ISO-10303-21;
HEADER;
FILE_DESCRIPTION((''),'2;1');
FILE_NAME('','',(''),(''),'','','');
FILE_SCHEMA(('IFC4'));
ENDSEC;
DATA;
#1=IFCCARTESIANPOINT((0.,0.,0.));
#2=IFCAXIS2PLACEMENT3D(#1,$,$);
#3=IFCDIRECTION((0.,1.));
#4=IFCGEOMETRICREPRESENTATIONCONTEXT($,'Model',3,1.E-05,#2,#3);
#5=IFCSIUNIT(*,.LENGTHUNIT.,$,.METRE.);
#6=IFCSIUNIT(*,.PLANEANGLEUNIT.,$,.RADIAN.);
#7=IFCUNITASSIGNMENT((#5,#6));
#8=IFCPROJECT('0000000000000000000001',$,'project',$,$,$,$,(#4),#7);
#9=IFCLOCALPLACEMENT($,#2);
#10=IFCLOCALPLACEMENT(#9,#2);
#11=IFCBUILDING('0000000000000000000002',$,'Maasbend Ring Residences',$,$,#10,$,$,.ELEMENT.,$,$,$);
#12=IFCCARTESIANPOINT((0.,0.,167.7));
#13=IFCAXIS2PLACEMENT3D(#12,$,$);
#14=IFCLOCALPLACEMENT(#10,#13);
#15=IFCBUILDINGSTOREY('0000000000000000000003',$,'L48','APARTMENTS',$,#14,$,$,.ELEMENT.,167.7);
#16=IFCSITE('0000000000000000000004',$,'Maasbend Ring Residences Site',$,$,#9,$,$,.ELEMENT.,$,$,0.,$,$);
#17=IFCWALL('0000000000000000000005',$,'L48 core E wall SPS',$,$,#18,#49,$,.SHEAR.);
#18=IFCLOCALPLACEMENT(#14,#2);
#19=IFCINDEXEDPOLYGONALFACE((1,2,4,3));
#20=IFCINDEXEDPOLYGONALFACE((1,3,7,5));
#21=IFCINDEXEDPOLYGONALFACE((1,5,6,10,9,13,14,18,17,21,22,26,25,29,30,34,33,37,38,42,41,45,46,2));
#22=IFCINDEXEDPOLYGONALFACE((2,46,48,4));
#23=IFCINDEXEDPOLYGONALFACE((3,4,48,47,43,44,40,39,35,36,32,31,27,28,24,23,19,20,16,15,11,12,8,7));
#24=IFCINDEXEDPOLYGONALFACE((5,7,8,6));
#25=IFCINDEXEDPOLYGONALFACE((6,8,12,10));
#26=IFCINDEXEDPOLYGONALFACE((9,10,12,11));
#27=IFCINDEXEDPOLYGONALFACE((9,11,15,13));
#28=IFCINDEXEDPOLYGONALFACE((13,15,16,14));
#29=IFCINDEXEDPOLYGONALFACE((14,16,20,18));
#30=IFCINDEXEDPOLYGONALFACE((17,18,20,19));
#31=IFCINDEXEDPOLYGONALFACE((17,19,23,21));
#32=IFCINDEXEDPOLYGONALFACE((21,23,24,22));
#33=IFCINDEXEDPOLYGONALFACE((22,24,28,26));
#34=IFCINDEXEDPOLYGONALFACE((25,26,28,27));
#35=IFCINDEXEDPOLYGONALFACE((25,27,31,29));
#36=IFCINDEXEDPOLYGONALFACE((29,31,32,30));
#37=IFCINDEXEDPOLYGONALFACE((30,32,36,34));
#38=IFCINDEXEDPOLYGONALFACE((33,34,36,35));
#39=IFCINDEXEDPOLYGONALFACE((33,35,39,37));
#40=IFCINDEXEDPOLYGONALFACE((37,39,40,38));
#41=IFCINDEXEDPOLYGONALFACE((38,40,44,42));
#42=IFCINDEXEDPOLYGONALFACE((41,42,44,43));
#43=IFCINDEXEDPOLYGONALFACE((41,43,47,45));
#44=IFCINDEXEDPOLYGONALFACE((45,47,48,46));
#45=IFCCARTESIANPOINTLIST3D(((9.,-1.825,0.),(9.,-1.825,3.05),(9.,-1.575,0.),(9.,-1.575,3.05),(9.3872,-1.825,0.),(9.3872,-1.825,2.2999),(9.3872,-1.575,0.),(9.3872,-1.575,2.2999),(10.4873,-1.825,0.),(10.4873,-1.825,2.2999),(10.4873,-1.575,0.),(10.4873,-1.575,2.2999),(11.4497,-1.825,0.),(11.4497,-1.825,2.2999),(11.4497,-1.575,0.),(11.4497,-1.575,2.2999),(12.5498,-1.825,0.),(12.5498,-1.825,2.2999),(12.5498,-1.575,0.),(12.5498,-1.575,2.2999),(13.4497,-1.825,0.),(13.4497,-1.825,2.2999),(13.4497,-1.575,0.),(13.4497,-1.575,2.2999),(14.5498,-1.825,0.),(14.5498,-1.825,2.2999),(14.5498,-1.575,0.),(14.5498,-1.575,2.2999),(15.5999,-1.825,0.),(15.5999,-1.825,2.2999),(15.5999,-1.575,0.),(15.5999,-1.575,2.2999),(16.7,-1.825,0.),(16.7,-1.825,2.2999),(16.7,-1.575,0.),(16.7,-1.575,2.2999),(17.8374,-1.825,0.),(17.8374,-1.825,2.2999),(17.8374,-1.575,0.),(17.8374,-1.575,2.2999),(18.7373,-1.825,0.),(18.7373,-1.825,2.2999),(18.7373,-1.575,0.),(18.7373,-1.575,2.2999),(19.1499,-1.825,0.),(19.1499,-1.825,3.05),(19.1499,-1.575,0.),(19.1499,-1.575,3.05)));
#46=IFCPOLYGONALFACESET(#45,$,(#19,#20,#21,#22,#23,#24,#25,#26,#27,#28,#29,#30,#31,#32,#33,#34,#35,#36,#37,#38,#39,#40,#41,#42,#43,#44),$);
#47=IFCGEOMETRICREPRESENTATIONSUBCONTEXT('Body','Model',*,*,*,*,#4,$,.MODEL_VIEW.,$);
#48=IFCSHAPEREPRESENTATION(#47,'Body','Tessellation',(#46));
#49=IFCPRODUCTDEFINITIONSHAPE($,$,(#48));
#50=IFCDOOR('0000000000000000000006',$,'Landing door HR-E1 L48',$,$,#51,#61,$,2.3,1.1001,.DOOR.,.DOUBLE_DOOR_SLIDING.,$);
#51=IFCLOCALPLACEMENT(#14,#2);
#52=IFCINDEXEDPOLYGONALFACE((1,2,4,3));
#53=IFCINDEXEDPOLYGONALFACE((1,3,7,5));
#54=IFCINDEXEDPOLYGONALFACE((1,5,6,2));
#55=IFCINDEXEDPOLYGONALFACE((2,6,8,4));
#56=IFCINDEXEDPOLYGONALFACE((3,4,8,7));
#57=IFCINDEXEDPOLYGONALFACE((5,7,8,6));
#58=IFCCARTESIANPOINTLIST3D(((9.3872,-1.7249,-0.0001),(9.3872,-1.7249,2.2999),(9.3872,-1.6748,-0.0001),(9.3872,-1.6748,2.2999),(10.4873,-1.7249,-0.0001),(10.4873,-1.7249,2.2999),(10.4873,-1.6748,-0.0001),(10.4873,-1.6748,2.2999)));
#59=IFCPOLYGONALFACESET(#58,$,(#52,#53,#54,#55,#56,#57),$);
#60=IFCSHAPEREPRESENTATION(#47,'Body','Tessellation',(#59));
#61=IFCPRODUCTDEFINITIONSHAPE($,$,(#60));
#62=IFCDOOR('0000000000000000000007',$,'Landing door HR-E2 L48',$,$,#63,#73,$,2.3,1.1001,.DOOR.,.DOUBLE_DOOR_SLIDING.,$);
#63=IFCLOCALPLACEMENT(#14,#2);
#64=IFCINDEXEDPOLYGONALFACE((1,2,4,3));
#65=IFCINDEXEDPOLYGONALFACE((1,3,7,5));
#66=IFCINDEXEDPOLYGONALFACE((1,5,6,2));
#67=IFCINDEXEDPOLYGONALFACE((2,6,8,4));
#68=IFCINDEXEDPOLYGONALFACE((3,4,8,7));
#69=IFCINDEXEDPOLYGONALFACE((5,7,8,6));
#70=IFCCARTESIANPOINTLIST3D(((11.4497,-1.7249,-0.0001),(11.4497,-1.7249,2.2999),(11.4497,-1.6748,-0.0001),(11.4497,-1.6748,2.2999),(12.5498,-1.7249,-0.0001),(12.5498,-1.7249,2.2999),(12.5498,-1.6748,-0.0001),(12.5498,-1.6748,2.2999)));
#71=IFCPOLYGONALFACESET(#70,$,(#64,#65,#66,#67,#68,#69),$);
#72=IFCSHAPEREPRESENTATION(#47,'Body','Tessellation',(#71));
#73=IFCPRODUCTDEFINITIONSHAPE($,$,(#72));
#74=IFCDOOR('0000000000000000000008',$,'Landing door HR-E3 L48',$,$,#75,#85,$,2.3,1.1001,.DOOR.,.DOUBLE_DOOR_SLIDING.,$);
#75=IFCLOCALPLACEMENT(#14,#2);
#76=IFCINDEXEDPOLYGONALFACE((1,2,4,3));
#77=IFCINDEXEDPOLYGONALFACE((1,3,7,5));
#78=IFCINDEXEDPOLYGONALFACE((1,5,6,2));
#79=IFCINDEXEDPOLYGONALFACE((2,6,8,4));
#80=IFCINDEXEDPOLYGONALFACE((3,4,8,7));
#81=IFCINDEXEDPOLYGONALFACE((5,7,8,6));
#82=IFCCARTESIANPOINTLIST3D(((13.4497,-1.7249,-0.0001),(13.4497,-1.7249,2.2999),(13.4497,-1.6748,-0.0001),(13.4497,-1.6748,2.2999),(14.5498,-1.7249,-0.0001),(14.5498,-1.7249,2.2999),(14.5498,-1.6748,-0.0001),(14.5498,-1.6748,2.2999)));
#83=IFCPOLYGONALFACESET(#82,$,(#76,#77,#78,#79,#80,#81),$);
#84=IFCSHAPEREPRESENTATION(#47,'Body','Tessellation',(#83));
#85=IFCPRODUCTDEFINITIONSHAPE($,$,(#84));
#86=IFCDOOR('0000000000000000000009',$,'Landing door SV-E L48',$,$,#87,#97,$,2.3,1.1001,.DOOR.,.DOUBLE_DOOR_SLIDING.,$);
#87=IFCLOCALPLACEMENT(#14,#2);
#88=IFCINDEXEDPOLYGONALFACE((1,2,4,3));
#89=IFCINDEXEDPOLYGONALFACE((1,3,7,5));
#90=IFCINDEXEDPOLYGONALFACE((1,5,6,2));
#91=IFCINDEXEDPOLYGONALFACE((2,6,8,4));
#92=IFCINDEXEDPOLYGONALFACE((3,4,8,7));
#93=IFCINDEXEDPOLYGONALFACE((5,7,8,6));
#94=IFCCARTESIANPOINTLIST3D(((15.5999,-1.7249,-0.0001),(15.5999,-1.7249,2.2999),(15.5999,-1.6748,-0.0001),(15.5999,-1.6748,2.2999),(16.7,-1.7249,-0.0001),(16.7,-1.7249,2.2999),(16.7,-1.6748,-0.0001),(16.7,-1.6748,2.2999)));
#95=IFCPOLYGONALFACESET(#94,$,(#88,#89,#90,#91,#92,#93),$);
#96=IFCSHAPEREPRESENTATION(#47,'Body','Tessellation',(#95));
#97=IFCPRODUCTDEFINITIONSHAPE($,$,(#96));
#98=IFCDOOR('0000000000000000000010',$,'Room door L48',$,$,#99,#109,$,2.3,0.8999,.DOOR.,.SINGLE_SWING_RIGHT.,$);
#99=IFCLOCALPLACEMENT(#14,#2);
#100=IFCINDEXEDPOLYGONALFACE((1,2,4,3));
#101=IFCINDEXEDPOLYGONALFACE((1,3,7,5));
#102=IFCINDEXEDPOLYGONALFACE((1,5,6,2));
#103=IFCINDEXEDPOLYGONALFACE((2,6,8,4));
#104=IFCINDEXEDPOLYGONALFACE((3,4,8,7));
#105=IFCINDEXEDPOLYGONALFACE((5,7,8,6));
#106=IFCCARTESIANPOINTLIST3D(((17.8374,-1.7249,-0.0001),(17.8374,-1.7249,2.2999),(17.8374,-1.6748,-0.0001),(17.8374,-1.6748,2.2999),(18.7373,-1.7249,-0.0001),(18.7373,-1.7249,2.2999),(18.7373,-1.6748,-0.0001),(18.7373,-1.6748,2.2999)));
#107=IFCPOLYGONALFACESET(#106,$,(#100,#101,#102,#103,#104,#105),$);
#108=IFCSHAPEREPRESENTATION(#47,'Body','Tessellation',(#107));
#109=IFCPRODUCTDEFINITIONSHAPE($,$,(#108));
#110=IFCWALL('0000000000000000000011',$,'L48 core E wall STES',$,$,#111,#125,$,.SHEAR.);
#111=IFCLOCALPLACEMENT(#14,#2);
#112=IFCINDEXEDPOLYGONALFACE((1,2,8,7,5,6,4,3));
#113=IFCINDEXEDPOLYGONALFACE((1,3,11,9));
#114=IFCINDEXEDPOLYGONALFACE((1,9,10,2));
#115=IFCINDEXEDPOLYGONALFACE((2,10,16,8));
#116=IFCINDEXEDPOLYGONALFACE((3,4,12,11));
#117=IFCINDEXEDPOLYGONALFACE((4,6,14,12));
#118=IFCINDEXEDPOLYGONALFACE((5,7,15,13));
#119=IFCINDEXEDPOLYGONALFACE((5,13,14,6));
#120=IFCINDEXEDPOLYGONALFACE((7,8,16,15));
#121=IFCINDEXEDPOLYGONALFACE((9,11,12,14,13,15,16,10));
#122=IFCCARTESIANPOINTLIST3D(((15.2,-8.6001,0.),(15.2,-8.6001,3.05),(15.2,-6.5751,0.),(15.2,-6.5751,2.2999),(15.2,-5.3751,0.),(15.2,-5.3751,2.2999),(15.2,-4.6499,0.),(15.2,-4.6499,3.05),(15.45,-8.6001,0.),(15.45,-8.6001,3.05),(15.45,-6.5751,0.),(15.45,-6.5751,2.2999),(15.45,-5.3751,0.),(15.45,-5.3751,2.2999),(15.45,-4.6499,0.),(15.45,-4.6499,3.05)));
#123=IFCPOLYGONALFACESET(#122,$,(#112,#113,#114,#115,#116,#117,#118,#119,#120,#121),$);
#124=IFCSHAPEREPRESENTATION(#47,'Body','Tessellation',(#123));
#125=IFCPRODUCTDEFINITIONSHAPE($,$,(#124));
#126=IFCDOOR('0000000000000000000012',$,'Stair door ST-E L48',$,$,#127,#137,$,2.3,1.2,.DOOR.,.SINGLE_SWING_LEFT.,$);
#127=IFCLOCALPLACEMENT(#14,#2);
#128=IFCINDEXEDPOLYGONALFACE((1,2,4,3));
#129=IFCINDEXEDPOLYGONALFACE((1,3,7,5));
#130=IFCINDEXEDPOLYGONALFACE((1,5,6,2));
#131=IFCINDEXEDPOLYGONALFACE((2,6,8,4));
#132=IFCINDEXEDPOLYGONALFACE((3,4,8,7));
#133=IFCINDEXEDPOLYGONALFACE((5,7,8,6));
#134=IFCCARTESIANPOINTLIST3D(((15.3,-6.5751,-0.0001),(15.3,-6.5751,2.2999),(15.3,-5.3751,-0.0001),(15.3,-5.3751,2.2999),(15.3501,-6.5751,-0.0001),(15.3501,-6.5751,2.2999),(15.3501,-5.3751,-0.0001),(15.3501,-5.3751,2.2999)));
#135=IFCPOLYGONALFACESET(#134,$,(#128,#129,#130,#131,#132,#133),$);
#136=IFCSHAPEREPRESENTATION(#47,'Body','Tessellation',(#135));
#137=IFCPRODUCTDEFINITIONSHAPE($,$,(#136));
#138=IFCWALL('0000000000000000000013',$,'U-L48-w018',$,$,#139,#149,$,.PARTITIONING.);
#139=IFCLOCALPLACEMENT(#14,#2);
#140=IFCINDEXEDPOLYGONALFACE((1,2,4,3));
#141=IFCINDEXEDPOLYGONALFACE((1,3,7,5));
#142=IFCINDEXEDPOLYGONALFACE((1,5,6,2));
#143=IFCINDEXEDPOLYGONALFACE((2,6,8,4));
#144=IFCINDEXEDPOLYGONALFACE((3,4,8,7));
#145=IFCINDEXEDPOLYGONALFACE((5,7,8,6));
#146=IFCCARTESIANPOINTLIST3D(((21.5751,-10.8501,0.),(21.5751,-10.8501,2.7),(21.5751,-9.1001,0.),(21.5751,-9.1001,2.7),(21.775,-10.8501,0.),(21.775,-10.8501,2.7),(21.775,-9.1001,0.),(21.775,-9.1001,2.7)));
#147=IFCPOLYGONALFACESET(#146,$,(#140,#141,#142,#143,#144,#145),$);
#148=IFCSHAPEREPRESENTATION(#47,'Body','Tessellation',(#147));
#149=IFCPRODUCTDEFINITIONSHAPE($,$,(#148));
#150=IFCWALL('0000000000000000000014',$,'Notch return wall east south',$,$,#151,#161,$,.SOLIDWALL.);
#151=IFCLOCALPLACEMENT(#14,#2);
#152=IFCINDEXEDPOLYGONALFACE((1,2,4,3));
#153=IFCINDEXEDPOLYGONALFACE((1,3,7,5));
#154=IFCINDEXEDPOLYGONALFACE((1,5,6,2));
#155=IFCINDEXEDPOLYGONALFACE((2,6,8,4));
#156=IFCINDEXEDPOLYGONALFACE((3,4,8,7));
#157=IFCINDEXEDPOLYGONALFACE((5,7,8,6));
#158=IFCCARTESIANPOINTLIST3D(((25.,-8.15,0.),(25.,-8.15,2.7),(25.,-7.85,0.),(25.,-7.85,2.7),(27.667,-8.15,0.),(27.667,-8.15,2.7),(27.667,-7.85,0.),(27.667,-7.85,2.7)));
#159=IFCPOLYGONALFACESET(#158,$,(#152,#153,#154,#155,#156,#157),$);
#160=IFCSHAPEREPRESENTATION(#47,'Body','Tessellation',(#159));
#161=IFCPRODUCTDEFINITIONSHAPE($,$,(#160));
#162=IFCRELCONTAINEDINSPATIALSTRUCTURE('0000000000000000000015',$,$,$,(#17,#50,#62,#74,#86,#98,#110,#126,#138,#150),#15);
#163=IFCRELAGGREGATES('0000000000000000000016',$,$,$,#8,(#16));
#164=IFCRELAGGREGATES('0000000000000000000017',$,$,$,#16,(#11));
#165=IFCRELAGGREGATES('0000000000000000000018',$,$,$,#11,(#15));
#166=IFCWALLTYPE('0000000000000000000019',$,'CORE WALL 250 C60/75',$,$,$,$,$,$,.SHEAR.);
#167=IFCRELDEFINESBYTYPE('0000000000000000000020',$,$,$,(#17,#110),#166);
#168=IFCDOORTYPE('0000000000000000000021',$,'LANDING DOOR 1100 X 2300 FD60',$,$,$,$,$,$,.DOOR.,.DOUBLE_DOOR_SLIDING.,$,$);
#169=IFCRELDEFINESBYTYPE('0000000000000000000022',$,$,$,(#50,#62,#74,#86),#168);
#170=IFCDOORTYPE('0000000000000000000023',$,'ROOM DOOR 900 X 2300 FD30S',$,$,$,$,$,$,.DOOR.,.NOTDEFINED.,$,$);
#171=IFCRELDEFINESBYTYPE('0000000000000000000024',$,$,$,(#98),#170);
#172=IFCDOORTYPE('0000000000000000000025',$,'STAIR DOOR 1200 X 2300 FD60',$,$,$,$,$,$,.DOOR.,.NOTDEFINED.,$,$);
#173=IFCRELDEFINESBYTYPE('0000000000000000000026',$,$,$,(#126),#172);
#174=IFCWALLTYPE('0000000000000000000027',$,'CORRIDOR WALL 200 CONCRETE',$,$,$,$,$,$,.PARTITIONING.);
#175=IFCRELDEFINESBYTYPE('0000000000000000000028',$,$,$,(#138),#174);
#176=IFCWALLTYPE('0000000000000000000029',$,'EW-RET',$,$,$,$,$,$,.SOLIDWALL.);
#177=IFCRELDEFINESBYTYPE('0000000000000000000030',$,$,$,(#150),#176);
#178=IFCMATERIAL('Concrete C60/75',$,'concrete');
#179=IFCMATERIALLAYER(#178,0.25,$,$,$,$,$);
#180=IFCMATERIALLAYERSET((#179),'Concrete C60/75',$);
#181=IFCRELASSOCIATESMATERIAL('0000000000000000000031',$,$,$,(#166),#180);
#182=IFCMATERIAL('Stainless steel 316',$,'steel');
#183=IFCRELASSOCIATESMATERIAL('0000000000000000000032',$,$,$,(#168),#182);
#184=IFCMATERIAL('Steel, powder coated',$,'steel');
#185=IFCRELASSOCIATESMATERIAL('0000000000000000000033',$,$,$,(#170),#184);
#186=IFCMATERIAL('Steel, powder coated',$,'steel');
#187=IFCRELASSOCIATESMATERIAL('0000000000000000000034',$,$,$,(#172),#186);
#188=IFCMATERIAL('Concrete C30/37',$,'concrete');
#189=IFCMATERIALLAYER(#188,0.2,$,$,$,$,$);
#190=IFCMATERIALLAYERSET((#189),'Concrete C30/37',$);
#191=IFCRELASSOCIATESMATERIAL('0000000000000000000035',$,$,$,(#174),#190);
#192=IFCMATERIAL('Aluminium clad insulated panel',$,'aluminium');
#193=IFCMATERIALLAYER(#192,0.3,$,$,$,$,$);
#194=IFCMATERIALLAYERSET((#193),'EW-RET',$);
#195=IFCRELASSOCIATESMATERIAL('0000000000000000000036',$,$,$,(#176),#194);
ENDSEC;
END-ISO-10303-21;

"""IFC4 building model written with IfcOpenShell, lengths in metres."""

from ifc_helpers import new_model, si_unit, direction, frame, frame_2d, origin, place, context, subcontext, project, spatial, rectangle, extrude, material, layer, layer_set, type_object, element, fill, save


model = new_model("IFC4")

# Units and contexts
model_context = context("Model", 3, precision=1e-05, world=origin(), true_north=direction((0.0, 1.0)))
body_context = subcontext(model_context, "Body", "Model", "MODEL_VIEW")
ifc_project = project(units=[si_unit("LENGTHUNIT", "METRE"), si_unit("PLANEANGLEUNIT", "RADIAN")], contexts=[model_context])

# Site, building, storey
site_placement = place(None, origin())
site = spatial("IfcSite", under=ifc_project, at=site_placement, Name="Maasbend Ring Residences Site", CompositionType="ELEMENT", RefElevation=0.0)
building_placement = place(site_placement, origin())
building = spatial("IfcBuilding", under=site, at=building_placement, Name="Maasbend Ring Residences", CompositionType="ELEMENT")
storey_placement = place(building_placement, frame((0.0, 0.0, 167.7)))
storey = spatial("IfcBuildingStorey", under=building, at=storey_placement, Name="L48", Description="APARTMENTS", CompositionType="ELEMENT", Elevation=167.7)

# Wall, openings, doors
ifc_material_1 = material(Name="Concrete C60/75", Category="concrete")
ifc_layer_1 = layer(ifc_material_1, 0.25)
ifc_layer_set_1 = layer_set([ifc_layer_1], Name="Concrete C60/75")
wall_type_1 = type_object("IfcWallType", Name="CORE WALL 250 C60/75", PredefinedType="SHEAR", material=ifc_layer_set_1)
wall_1_placement = place(storey_placement, frame((19.1499, -1.7, 0.0), z_axis=(0.0, 0.0, 1.0), x_axis=(-1.0, 0.0, 0.0)))
wall_1 = element("IfcWall", 1, at=wall_1_placement, inside=storey, type_object=wall_type_1, Name="L48 core E wall SPS", PredefinedType="SHEAR", context=body_context, shape_type="SweptSolid", body=[
    extrude(rectangle(XDim=10.1499, YDim=0.25, at=frame_2d((5.075, 0.0))), origin(), (0.0, 0.0, 1.0), 3.05),
])
opening_1_placement = place(wall_1_placement, frame((8.6626, 0.0, 0.0)))
opening_1 = element("IfcOpeningElement", 2, at=opening_1_placement, cuts=wall_1, PredefinedType="OPENING", context=body_context, shape_type="SweptSolid", body=[
    extrude(rectangle(XDim=1.1001, YDim=2.3, at=frame_2d((0.55, 1.1499))), frame((0.0, 0.135, 0.0), z_axis=(0.0, -1.0, 0.0), x_axis=(1.0, 0.0, 0.0)), (0.0, 0.0, 1.0), 0.27),
])
opening_2_placement = place(wall_1_placement, frame((6.6001, 0.0, 0.0)))
opening_2 = element("IfcOpeningElement", 3, at=opening_2_placement, cuts=wall_1, PredefinedType="OPENING", context=body_context, shape_type="SweptSolid", body=[
    extrude(rectangle(XDim=1.1001, YDim=2.3, at=frame_2d((0.55, 1.1499))), frame((0.0, 0.135, 0.0), z_axis=(0.0, -1.0, 0.0), x_axis=(1.0, 0.0, 0.0)), (0.0, 0.0, 1.0), 0.27),
])
opening_3_placement = place(wall_1_placement, frame((4.6001, 0.0, 0.0)))
opening_3 = element("IfcOpeningElement", 4, at=opening_3_placement, cuts=wall_1, PredefinedType="OPENING", context=body_context, shape_type="SweptSolid", body=[
    extrude(rectangle(XDim=1.1001, YDim=2.3, at=frame_2d((0.55, 1.1499))), frame((0.0, 0.135, 0.0), z_axis=(0.0, -1.0, 0.0), x_axis=(1.0, 0.0, 0.0)), (0.0, 0.0, 1.0), 0.27),
])
opening_4_placement = place(wall_1_placement, frame((2.45, 0.0, 0.0)))
opening_4 = element("IfcOpeningElement", 5, at=opening_4_placement, cuts=wall_1, PredefinedType="OPENING", context=body_context, shape_type="SweptSolid", body=[
    extrude(rectangle(XDim=1.1001, YDim=2.3, at=frame_2d((0.55, 1.1499))), frame((0.0, 0.135, 0.0), z_axis=(0.0, -1.0, 0.0), x_axis=(1.0, 0.0, 0.0)), (0.0, 0.0, 1.0), 0.27),
])
opening_5_placement = place(wall_1_placement, frame((0.4126, 0.0, 0.0)))
opening_5 = element("IfcOpeningElement", 6, at=opening_5_placement, cuts=wall_1, PredefinedType="OPENING", context=body_context, shape_type="SweptSolid", body=[
    extrude(rectangle(XDim=0.8999, YDim=2.3, at=frame_2d((0.45, 1.1499))), frame((0.0, 0.135, 0.0), z_axis=(0.0, -1.0, 0.0), x_axis=(1.0, 0.0, 0.0)), (0.0, 0.0, 1.0), 0.27),
])
ifc_material_2 = material(Name="Stainless steel 316", Category="steel")
door_type_1 = type_object("IfcDoorType", Name="LANDING DOOR 1100 X 2300 FD60", OperationType="DOUBLE_DOOR_SLIDING", PredefinedType="DOOR", material=ifc_material_2)
door_1_placement = place(opening_1_placement, origin())
door_1 = element("IfcDoor", 7, at=door_1_placement, inside=storey, type_object=door_type_1, Name="Landing door HR-E1 L48", OperationType="DOUBLE_DOOR_SLIDING", OverallHeight=2.3, OverallWidth=1.1001, PredefinedType="DOOR", context=body_context, shape_type="SweptSolid", body=[
    extrude(rectangle(XDim=1.1001, YDim=2.3, at=frame_2d((0.55, 1.1499))), frame((0.0, 0.0249, 0.0), z_axis=(0.0, -1.0, 0.0), x_axis=(1.0, 0.0, 0.0)), (0.0, 0.0, 1.0), 0.05),
])
fill(opening_1, door_1)
door_2_placement = place(opening_2_placement, origin())
door_2 = element("IfcDoor", 8, at=door_2_placement, inside=storey, type_object=door_type_1, Name="Landing door HR-E2 L48", OperationType="DOUBLE_DOOR_SLIDING", OverallHeight=2.3, OverallWidth=1.1001, PredefinedType="DOOR", context=body_context, shape_type="SweptSolid", body=[
    extrude(rectangle(XDim=1.1001, YDim=2.3, at=frame_2d((0.55, 1.1499))), frame((0.0, 0.0249, 0.0), z_axis=(0.0, -1.0, 0.0), x_axis=(1.0, 0.0, 0.0)), (0.0, 0.0, 1.0), 0.05),
])
fill(opening_2, door_2)
door_3_placement = place(opening_3_placement, origin())
door_3 = element("IfcDoor", 9, at=door_3_placement, inside=storey, type_object=door_type_1, Name="Landing door HR-E3 L48", OperationType="DOUBLE_DOOR_SLIDING", OverallHeight=2.3, OverallWidth=1.1001, PredefinedType="DOOR", context=body_context, shape_type="SweptSolid", body=[
    extrude(rectangle(XDim=1.1001, YDim=2.3, at=frame_2d((0.55, 1.1499))), frame((0.0, 0.0249, 0.0), z_axis=(0.0, -1.0, 0.0), x_axis=(1.0, 0.0, 0.0)), (0.0, 0.0, 1.0), 0.05),
])
fill(opening_3, door_3)
door_4_placement = place(opening_4_placement, origin())
door_4 = element("IfcDoor", 10, at=door_4_placement, inside=storey, type_object=door_type_1, Name="Landing door SV-E L48", OperationType="DOUBLE_DOOR_SLIDING", OverallHeight=2.3, OverallWidth=1.1001, PredefinedType="DOOR", context=body_context, shape_type="SweptSolid", body=[
    extrude(rectangle(XDim=1.1001, YDim=2.3, at=frame_2d((0.55, 1.1499))), frame((0.0, 0.0249, 0.0), z_axis=(0.0, -1.0, 0.0), x_axis=(1.0, 0.0, 0.0)), (0.0, 0.0, 1.0), 0.05),
])
fill(opening_4, door_4)
ifc_material_3 = material(Name="Steel, powder coated", Category="steel")
door_type_2 = type_object("IfcDoorType", Name="ROOM DOOR 900 X 2300 FD30S", OperationType="NOTDEFINED", PredefinedType="DOOR", material=ifc_material_3)
door_5_placement = place(opening_5_placement, origin())
door_5 = element("IfcDoor", 11, at=door_5_placement, inside=storey, type_object=door_type_2, Name="Room door L48", OperationType="SINGLE_SWING_RIGHT", OverallHeight=2.3, OverallWidth=0.8999, PredefinedType="DOOR", context=body_context, shape_type="SweptSolid", body=[
    extrude(rectangle(XDim=0.8999, YDim=2.3, at=frame_2d((0.45, 1.1499))), frame((0.0, 0.0249, 0.0), z_axis=(0.0, -1.0, 0.0), x_axis=(1.0, 0.0, 0.0)), (0.0, 0.0, 1.0), 0.05),
])
fill(opening_5, door_5)

# Wall, opening, door
wall_2_placement = place(storey_placement, frame((15.325, -8.6001, 0.0), z_axis=(0.0, 0.0, 1.0), x_axis=(0.0, 1.0, 0.0)))
wall_2 = element("IfcWall", 12, at=wall_2_placement, inside=storey, type_object=wall_type_1, Name="L48 core E wall STES", PredefinedType="SHEAR", context=body_context, shape_type="SweptSolid", body=[
    extrude(rectangle(XDim=3.9502, YDim=0.25, at=frame_2d((1.9751, 0.0))), origin(), (0.0, 0.0, 1.0), 3.05),
])
opening_6_placement = place(wall_2_placement, frame((2.0249, 0.0, 0.0)))
opening_6 = element("IfcOpeningElement", 13, at=opening_6_placement, cuts=wall_2, PredefinedType="OPENING", context=body_context, shape_type="SweptSolid", body=[
    extrude(rectangle(XDim=1.2, YDim=2.3, at=frame_2d((0.6001, 1.1499))), frame((0.0, 0.135, 0.0), z_axis=(0.0, -1.0, 0.0), x_axis=(1.0, 0.0, 0.0)), (0.0, 0.0, 1.0), 0.27),
])
ifc_material_4 = material(Name="Steel, powder coated", Category="steel")
door_type_3 = type_object("IfcDoorType", Name="STAIR DOOR 1200 X 2300 FD60", OperationType="NOTDEFINED", PredefinedType="DOOR", material=ifc_material_4)
door_6_placement = place(opening_6_placement, origin())
door_6 = element("IfcDoor", 14, at=door_6_placement, inside=storey, type_object=door_type_3, Name="Stair door ST-E L48", OperationType="SINGLE_SWING_LEFT", OverallHeight=2.3, OverallWidth=1.2, PredefinedType="DOOR", context=body_context, shape_type="SweptSolid", body=[
    extrude(rectangle(XDim=1.2, YDim=2.3, at=frame_2d((0.6001, 1.1499))), frame((0.0, 0.0249, 0.0), z_axis=(0.0, -1.0, 0.0), x_axis=(1.0, 0.0, 0.0)), (0.0, 0.0, 1.0), 0.05),
])
fill(opening_6, door_6)

# Walls
ifc_material_5 = material(Name="Concrete C30/37", Category="concrete")
ifc_layer_2 = layer(ifc_material_5, 0.2)
ifc_layer_set_2 = layer_set([ifc_layer_2], Name="Concrete C30/37")
wall_type_2 = type_object("IfcWallType", Name="CORRIDOR WALL 200 CONCRETE", PredefinedType="PARTITIONING", material=ifc_layer_set_2)
wall_3_placement = place(storey_placement, frame((21.675, -10.8501, 0.0), z_axis=(0.0, 0.0, 1.0), x_axis=(0.0, 1.0, 0.0)))
element("IfcWall", 15, at=wall_3_placement, inside=storey, type_object=wall_type_2, Name="U-L48-w018", PredefinedType="PARTITIONING", context=body_context, shape_type="SweptSolid", body=[
    extrude(rectangle(XDim=1.75, YDim=0.2, at=frame_2d((0.875, 0.0))), origin(), (0.0, 0.0, 1.0), 2.7),
])
ifc_material_6 = material(Name="Aluminium clad insulated panel", Category="aluminium")
ifc_layer_3 = layer(ifc_material_6, 0.3)
ifc_layer_set_3 = layer_set([ifc_layer_3], Name="EW-RET")
wall_type_3 = type_object("IfcWallType", Name="EW-RET", PredefinedType="SOLIDWALL", material=ifc_layer_set_3)
wall_4_placement = place(storey_placement, frame((25.0, -8.0, 0.0), z_axis=(0.0, 0.0, 1.0), x_axis=(1.0, 0.0, 0.0)))
element("IfcWall", 16, at=wall_4_placement, inside=storey, type_object=wall_type_3, Name="Notch return wall east south", PredefinedType="SOLIDWALL", context=body_context, shape_type="SweptSolid", body=[
    extrude(rectangle(XDim=2.667, YDim=0.3, at=frame_2d((1.3335, 0.0))), origin(), (0.0, 0.0, 1.0), 2.7),
])

save(model, "model.ifc")
